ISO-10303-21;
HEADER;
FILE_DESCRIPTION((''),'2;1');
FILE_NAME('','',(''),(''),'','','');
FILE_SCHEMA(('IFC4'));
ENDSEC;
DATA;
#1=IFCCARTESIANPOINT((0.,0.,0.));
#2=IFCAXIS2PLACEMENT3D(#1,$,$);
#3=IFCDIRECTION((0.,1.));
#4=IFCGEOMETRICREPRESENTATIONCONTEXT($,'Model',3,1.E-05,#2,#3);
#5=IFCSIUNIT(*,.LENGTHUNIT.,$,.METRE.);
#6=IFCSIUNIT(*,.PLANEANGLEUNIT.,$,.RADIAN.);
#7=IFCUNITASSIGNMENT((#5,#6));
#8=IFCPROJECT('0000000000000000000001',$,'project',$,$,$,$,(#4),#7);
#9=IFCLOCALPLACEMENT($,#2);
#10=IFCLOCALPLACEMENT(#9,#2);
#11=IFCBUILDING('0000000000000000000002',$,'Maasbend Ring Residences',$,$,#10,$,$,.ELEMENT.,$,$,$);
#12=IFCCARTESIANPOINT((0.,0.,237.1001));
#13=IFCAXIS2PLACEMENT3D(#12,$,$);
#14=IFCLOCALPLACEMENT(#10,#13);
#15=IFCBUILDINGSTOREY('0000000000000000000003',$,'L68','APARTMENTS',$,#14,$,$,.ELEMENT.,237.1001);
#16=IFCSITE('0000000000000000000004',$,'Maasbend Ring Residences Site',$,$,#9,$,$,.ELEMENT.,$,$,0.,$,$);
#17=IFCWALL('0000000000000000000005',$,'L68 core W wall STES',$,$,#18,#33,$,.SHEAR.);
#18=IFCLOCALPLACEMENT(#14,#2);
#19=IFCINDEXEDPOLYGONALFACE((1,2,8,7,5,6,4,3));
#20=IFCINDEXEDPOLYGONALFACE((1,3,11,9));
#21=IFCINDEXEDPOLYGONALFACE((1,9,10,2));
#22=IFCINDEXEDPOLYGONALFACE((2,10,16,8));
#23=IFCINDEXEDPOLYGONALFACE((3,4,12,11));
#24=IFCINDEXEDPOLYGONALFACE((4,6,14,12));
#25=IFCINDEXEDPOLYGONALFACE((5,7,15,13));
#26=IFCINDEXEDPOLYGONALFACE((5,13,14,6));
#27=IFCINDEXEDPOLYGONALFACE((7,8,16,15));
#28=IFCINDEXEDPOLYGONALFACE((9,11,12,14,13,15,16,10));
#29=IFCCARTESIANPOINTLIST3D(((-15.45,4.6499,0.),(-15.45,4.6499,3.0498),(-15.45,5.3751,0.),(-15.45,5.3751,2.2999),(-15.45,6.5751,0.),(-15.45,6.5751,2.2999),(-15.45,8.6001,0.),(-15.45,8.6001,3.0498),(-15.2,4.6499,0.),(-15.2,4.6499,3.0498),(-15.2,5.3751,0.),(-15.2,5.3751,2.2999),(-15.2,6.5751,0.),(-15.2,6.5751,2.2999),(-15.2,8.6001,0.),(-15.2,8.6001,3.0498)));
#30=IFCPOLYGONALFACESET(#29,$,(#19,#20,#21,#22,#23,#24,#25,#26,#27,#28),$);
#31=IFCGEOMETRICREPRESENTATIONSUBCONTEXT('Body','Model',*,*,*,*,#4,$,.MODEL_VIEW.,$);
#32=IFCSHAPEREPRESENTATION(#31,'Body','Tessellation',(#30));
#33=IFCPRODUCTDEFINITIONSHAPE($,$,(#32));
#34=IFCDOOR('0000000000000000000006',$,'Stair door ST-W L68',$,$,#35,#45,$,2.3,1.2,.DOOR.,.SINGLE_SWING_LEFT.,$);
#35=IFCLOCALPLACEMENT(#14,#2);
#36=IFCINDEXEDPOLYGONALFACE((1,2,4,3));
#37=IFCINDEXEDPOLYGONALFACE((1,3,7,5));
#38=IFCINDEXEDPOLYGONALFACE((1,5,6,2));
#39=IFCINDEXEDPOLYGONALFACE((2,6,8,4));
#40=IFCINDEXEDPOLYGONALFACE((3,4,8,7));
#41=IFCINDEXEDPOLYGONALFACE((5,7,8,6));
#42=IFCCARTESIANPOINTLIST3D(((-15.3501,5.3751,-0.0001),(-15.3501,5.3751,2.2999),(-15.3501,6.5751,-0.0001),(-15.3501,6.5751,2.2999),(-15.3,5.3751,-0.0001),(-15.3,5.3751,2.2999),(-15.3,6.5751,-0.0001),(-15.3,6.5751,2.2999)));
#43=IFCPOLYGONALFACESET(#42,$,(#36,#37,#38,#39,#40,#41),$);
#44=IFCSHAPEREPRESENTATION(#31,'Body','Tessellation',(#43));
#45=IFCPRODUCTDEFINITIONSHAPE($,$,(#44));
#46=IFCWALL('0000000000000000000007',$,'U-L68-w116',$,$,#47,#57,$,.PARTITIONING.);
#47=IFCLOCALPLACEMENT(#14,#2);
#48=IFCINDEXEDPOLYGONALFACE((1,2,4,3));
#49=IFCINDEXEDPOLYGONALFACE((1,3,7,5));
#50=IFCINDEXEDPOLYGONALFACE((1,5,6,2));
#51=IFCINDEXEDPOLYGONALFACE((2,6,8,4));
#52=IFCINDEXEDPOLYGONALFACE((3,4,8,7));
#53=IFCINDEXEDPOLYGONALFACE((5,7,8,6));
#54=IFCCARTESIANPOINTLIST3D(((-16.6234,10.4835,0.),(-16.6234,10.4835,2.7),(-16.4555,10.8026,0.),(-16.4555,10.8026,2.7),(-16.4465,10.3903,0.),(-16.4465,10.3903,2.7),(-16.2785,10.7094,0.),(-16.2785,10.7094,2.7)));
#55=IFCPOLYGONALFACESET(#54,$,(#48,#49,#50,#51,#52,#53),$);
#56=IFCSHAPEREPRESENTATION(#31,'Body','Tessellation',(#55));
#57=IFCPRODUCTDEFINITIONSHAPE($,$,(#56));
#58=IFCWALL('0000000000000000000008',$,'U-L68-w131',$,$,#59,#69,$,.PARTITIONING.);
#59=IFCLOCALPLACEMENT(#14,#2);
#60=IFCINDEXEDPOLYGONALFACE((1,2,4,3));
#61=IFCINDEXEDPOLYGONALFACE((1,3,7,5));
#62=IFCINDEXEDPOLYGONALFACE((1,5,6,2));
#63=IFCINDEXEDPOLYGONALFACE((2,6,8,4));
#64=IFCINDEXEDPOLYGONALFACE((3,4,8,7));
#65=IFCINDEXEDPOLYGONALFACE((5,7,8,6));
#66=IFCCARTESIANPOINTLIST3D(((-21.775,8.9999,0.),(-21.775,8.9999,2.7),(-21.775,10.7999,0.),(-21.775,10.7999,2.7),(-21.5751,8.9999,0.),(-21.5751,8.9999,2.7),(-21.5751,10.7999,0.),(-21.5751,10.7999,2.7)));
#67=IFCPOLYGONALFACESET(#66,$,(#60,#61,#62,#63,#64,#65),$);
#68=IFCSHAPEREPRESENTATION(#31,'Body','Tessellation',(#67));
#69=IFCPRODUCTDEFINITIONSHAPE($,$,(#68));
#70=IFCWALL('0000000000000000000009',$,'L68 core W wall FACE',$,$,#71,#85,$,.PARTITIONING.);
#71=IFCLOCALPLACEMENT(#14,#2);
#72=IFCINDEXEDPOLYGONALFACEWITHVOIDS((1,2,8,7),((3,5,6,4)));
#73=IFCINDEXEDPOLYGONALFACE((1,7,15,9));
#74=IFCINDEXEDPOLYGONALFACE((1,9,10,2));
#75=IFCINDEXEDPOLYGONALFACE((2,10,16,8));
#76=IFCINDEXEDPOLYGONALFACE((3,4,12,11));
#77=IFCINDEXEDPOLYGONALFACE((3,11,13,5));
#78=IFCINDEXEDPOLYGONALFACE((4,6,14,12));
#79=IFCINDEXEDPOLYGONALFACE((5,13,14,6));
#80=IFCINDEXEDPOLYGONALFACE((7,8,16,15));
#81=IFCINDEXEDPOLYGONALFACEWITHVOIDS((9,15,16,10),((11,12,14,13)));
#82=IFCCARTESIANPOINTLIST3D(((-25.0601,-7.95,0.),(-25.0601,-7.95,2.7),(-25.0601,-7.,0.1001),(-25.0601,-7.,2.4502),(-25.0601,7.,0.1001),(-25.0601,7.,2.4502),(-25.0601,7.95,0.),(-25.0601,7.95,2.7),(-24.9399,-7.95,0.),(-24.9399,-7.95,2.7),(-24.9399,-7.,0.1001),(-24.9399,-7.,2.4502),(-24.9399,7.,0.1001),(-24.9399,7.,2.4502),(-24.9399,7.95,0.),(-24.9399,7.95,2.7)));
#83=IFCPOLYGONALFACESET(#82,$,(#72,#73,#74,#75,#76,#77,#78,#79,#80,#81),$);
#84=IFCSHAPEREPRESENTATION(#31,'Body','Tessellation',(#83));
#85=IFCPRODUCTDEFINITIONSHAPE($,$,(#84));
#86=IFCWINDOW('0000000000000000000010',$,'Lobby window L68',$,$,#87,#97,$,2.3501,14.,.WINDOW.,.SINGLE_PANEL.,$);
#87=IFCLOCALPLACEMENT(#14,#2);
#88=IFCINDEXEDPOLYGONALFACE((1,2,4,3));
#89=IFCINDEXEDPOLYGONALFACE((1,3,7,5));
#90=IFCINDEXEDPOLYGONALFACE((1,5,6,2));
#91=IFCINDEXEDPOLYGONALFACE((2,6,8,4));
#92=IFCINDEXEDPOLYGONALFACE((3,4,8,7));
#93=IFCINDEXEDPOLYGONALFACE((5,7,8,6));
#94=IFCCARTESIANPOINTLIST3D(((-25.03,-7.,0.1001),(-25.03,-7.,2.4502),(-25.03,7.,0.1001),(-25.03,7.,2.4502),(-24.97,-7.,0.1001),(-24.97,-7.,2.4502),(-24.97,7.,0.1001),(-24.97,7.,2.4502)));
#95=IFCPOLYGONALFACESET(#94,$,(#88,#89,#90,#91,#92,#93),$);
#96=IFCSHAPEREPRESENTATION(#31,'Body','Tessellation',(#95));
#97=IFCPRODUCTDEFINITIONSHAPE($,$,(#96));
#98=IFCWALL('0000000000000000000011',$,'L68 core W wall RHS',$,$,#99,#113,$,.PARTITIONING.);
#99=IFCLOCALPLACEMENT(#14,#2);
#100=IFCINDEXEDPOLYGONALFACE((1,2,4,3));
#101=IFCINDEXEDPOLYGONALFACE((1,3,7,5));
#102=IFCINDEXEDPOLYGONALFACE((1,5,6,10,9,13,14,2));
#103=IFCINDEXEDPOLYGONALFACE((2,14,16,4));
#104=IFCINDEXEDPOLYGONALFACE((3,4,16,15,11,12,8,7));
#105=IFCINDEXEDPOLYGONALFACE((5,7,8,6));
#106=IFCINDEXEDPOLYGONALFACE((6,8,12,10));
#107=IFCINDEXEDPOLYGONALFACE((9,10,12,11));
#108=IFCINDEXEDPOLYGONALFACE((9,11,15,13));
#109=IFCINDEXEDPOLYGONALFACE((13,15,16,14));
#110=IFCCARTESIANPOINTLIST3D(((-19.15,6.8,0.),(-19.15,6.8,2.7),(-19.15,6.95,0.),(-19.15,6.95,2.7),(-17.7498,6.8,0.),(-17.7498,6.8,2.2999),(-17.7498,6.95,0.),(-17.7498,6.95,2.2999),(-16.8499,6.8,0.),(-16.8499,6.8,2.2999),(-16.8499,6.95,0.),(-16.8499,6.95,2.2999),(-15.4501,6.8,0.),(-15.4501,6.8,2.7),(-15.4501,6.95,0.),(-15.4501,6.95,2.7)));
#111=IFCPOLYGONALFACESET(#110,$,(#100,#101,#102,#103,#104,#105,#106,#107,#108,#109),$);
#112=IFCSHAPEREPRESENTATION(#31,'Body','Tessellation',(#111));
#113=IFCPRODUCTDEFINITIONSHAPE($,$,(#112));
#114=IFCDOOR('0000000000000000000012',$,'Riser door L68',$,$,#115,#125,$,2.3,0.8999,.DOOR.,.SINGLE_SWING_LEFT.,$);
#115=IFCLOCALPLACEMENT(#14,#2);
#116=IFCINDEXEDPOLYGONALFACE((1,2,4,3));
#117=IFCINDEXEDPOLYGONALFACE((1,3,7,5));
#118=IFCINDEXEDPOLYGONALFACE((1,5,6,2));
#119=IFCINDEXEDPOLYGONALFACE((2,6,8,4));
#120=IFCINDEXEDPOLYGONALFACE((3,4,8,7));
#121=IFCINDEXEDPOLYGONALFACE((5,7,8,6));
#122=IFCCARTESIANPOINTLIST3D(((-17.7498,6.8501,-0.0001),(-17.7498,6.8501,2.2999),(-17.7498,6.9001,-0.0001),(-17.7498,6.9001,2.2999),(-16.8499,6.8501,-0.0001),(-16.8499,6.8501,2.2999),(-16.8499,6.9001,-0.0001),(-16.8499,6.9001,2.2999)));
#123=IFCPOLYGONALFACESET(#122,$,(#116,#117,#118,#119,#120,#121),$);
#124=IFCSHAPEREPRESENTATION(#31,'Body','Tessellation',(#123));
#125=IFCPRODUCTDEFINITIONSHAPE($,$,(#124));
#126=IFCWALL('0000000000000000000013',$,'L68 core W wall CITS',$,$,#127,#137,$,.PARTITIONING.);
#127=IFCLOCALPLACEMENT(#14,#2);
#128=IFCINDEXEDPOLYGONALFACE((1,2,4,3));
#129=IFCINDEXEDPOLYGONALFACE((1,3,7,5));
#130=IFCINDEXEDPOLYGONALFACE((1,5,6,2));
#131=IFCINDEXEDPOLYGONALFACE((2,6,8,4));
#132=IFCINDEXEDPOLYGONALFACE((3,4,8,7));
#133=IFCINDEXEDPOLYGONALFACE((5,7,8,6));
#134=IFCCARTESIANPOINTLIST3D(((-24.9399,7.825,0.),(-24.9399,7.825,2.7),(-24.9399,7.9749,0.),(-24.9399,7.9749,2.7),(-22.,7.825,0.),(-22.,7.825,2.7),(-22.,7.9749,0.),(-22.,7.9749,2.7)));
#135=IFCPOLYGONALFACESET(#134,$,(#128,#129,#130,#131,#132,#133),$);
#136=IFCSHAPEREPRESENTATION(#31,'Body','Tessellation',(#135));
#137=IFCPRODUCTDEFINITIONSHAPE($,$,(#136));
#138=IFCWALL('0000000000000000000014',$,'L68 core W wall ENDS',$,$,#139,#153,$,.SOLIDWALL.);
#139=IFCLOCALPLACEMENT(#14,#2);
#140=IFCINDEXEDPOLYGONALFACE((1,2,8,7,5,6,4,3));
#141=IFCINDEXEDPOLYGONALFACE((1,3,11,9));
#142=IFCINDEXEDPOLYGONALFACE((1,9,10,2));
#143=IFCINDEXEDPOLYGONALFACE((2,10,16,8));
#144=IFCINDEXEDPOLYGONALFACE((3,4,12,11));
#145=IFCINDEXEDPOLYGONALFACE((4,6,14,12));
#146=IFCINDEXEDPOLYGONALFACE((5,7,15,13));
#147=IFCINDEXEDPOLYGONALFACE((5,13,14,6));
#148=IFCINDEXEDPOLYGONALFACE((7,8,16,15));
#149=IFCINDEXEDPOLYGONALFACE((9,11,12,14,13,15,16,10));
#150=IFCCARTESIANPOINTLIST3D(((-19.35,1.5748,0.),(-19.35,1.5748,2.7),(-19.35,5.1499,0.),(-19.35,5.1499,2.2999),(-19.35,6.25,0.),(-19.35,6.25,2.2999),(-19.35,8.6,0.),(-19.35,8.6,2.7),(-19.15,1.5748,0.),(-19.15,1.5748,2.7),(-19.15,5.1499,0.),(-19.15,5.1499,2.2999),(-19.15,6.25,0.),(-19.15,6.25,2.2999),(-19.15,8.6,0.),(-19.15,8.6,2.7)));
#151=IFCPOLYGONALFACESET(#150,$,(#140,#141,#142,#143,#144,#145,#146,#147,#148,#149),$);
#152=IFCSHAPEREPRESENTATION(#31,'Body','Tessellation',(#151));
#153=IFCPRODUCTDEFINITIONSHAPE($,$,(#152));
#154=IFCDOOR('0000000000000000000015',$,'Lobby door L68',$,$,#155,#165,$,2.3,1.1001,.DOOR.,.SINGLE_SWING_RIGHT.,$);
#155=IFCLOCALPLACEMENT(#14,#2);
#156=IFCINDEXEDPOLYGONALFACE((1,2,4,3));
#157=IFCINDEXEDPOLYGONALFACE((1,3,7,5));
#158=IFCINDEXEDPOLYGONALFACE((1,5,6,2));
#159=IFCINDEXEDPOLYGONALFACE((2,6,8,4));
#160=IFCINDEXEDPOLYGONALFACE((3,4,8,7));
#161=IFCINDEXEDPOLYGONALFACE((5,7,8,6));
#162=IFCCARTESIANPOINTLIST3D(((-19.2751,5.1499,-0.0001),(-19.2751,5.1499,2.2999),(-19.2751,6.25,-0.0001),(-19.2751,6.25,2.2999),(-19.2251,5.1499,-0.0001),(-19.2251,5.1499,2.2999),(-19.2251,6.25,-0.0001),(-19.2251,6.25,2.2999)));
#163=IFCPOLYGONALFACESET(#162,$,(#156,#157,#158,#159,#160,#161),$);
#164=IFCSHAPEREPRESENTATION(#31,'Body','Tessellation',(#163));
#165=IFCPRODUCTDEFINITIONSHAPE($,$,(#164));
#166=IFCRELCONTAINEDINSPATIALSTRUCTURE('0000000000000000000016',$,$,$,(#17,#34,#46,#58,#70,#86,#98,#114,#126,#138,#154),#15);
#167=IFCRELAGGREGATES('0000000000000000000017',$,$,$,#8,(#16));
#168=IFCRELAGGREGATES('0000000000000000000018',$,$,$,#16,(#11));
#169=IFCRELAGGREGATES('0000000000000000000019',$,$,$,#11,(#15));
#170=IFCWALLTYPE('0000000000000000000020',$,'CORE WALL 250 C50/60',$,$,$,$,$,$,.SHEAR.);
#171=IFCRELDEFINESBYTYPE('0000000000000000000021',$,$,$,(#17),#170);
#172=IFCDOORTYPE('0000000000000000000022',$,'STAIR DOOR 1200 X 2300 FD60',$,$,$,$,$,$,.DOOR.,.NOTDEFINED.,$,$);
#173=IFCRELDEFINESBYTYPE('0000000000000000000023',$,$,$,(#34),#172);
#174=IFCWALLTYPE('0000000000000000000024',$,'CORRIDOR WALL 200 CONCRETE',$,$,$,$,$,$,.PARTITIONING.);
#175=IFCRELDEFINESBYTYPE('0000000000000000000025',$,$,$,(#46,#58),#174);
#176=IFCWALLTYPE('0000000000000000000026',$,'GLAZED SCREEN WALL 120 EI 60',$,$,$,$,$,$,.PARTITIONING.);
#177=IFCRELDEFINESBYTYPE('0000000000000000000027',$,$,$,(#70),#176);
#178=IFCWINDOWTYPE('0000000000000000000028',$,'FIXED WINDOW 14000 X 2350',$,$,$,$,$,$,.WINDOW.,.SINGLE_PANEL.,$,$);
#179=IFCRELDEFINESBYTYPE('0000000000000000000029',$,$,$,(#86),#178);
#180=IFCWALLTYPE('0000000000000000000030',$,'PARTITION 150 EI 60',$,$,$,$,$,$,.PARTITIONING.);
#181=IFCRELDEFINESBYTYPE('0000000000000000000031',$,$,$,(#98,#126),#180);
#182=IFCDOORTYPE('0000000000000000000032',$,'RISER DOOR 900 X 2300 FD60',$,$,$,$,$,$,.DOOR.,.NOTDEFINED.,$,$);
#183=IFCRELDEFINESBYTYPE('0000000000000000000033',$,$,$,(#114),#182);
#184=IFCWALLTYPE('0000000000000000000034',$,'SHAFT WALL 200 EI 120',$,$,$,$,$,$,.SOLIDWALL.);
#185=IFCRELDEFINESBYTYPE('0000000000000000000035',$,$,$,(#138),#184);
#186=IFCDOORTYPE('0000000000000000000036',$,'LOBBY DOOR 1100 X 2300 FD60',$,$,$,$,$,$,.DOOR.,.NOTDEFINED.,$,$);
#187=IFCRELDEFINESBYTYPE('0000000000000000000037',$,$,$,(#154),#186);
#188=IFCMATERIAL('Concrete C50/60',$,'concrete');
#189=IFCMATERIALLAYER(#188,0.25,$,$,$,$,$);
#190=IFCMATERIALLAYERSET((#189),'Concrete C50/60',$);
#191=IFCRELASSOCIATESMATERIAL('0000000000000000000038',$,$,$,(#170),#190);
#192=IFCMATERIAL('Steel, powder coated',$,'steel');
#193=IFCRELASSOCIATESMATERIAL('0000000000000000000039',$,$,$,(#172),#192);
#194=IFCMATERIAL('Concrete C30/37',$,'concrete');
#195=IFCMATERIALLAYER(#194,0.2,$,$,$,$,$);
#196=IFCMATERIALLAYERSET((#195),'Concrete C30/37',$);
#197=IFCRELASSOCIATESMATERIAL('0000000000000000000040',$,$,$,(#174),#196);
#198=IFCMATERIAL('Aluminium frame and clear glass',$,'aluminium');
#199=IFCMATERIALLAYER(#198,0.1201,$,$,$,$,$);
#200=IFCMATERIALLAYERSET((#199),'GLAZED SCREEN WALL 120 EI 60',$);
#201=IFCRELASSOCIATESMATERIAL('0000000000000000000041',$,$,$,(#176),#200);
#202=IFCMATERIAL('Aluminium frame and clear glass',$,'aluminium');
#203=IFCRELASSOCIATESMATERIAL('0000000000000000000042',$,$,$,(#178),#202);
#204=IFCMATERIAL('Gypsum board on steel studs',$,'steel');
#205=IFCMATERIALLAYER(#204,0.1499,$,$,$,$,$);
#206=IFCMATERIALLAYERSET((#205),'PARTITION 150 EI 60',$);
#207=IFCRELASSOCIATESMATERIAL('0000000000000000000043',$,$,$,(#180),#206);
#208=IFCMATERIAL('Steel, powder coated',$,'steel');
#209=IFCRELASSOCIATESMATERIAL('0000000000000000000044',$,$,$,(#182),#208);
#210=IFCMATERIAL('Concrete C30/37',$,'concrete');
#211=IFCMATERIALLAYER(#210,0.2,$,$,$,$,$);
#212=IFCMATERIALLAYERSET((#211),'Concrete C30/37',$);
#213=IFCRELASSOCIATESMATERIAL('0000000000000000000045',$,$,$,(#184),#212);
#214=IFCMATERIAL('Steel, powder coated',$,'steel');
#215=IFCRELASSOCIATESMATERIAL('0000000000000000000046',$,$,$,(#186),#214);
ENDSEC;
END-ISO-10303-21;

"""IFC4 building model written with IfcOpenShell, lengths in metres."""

from ifc_helpers import new_model, si_unit, direction, frame, frame_2d, origin, place, context, subcontext, project, spatial, rectangle, extrude, material, layer, layer_set, type_object, element, fill, save


model = new_model("IFC4")

# Units and contexts
model_context = context("Model", 3, precision=1e-05, world=origin(), true_north=direction((0.0, 1.0)))
body_context = subcontext(model_context, "Body", "Model", "MODEL_VIEW")
ifc_project = project(units=[si_unit("LENGTHUNIT", "METRE"), si_unit("PLANEANGLEUNIT", "RADIAN")], contexts=[model_context])

# Site, building, storey
site_placement = place(None, origin())
site = spatial("IfcSite", under=ifc_project, at=site_placement, Name="Maasbend Ring Residences Site", CompositionType="ELEMENT", RefElevation=0.0)
building_placement = place(site_placement, origin())
building = spatial("IfcBuilding", under=site, at=building_placement, Name="Maasbend Ring Residences", CompositionType="ELEMENT")
storey_placement = place(building_placement, frame((0.0, 0.0, 237.1001)))
storey = spatial("IfcBuildingStorey", under=building, at=storey_placement, Name="L68", Description="APARTMENTS", CompositionType="ELEMENT", Elevation=237.1001)

# Wall, opening, door
ifc_material_1 = material(Name="Concrete C50/60", Category="concrete")
ifc_layer_1 = layer(ifc_material_1, 0.25)
ifc_layer_set_1 = layer_set([ifc_layer_1], Name="Concrete C50/60")
wall_type_1 = type_object("IfcWallType", Name="CORE WALL 250 C50/60", PredefinedType="SHEAR", material=ifc_layer_set_1)
wall_1_placement = place(storey_placement, frame((-15.325, 8.6001, 0.0), z_axis=(0.0, 0.0, 1.0), x_axis=(0.0, -1.0, 0.0)))
wall_1 = element("IfcWall", 1, at=wall_1_placement, inside=storey, type_object=wall_type_1, Name="L68 core W wall STES", PredefinedType="SHEAR", context=body_context, shape_type="SweptSolid", body=[
    extrude(rectangle(XDim=3.9502, YDim=0.25, at=frame_2d((1.9751, 0.0))), origin(), (0.0, 0.0, 1.0), 3.0498),
])
opening_1_placement = place(wall_1_placement, frame((2.0249, 0.0, 0.0)))
opening_1 = element("IfcOpeningElement", 2, at=opening_1_placement, cuts=wall_1, PredefinedType="OPENING", context=body_context, shape_type="SweptSolid", body=[
    extrude(rectangle(XDim=1.2, YDim=2.3, at=frame_2d((0.6001, 1.1499))), frame((0.0, 0.135, 0.0), z_axis=(0.0, -1.0, 0.0), x_axis=(1.0, 0.0, 0.0)), (0.0, 0.0, 1.0), 0.27),
])
ifc_material_2 = material(Name="Steel, powder coated", Category="steel")
door_type_1 = type_object("IfcDoorType", Name="STAIR DOOR 1200 X 2300 FD60", OperationType="NOTDEFINED", PredefinedType="DOOR", material=ifc_material_2)
door_1_placement = place(opening_1_placement, origin())
door_1 = element("IfcDoor", 3, at=door_1_placement, inside=storey, type_object=door_type_1, Name="Stair door ST-W L68", OperationType="SINGLE_SWING_LEFT", OverallHeight=2.3, OverallWidth=1.2, PredefinedType="DOOR", context=body_context, shape_type="SweptSolid", body=[
    extrude(rectangle(XDim=1.2, YDim=2.3, at=frame_2d((0.6001, 1.1499))), frame((0.0, 0.0249, 0.0), z_axis=(0.0, -1.0, 0.0), x_axis=(1.0, 0.0, 0.0)), (0.0, 0.0, 1.0), 0.05),
])
fill(opening_1, door_1)

# Walls
ifc_material_3 = material(Name="Concrete C30/37", Category="concrete")
ifc_layer_2 = layer(ifc_material_3, 0.2)
ifc_layer_set_2 = layer_set([ifc_layer_2], Name="Concrete C30/37")
wall_type_2 = type_object("IfcWallType", Name="CORRIDOR WALL 200 CONCRETE", PredefinedType="PARTITIONING", material=ifc_layer_set_2)
wall_2_placement = place(storey_placement, frame((-16.5349, 10.437, 0.0), z_axis=(0.0, 0.0, 1.0), x_axis=(0.465802, 0.884889, 0.0)))
element("IfcWall", 4, at=wall_2_placement, inside=storey, type_object=wall_type_2, Name="U-L68-w116", PredefinedType="PARTITIONING", context=body_context, shape_type="SweptSolid", body=[
    extrude(rectangle(XDim=0.3606, YDim=0.2, at=frame_2d((0.1802, 0.0))), origin(), (0.0, 0.0, 1.0), 2.7),
])
wall_3_placement = place(storey_placement, frame((-21.675, 9.0, 0.0), z_axis=(0.0, 0.0, 1.0), x_axis=(0.0, 1.0, 0.0)))
element("IfcWall", 5, at=wall_3_placement, inside=storey, type_object=wall_type_2, Name="U-L68-w131", PredefinedType="PARTITIONING", context=body_context, shape_type="SweptSolid", body=[
    extrude(rectangle(XDim=1.8, YDim=0.2, at=frame_2d((0.8999, 0.0))), origin(), (0.0, 0.0, 1.0), 2.7),
])

# Wall, opening, window
ifc_material_4 = material(Name="Aluminium frame and clear glass", Category="aluminium")
ifc_layer_3 = layer(ifc_material_4, 0.1201)
ifc_layer_set_3 = layer_set([ifc_layer_3], Name="GLAZED SCREEN WALL 120 EI 60")
wall_type_3 = type_object("IfcWallType", Name="GLAZED SCREEN WALL 120 EI 60", PredefinedType="PARTITIONING", material=ifc_layer_set_3)
wall_4_placement = place(storey_placement, frame((-25.0, 7.95, 0.0), z_axis=(0.0, 0.0, 1.0), x_axis=(0.0, -1.0, 0.0)))
wall_4 = element("IfcWall", 6, at=wall_4_placement, inside=storey, type_object=wall_type_3, Name="L68 core W wall FACE", PredefinedType="PARTITIONING", context=body_context, shape_type="SweptSolid", body=[
    extrude(rectangle(XDim=15.8999, YDim=0.1201, at=frame_2d((7.95, 0.0))), origin(), (0.0, 0.0, 1.0), 2.7),
])
opening_2_placement = place(wall_4_placement, frame((0.95, 0.0, 0.1001)))
opening_2 = element("IfcOpeningElement", 7, at=opening_2_placement, cuts=wall_4, PredefinedType="OPENING", context=body_context, shape_type="SweptSolid", body=[
    extrude(rectangle(XDim=14.0, YDim=2.3501, at=frame_2d((7.0, 1.175))), frame((0.0, 0.0701, 0.0), z_axis=(0.0, -1.0, 0.0), x_axis=(1.0, 0.0, 0.0)), (0.0, 0.0, 1.0), 0.1401),
])
ifc_material_5 = material(Name="Aluminium frame and clear glass", Category="aluminium")
window_type = type_object("IfcWindowType", Name="FIXED WINDOW 14000 X 2350", PartitioningType="SINGLE_PANEL", PredefinedType="WINDOW", material=ifc_material_5)
window_placement = place(opening_2_placement, origin())
window = element("IfcWindow", 8, at=window_placement, inside=storey, type_object=window_type, Name="Lobby window L68", OverallHeight=2.3501, OverallWidth=14.0, PartitioningType="SINGLE_PANEL", PredefinedType="WINDOW", context=body_context, shape_type="SweptSolid", body=[
    extrude(rectangle(XDim=14.0, YDim=2.3501, at=frame_2d((7.0, 1.175))), frame((0.0, 0.03, 0.0), z_axis=(0.0, -1.0, 0.0), x_axis=(1.0, 0.0, 0.0)), (0.0, 0.0, 1.0), 0.0601),
])
fill(opening_2, window)

# Wall, opening, door
ifc_material_6 = material(Name="Gypsum board on steel studs", Category="steel")
ifc_layer_4 = layer(ifc_material_6, 0.1499)
ifc_layer_set_4 = layer_set([ifc_layer_4], Name="PARTITION 150 EI 60")
wall_type_4 = type_object("IfcWallType", Name="PARTITION 150 EI 60", PredefinedType="PARTITIONING", material=ifc_layer_set_4)
wall_5_placement = place(storey_placement, frame((-15.45, 6.875, 0.0), z_axis=(0.0, 0.0, 1.0), x_axis=(-1.0, 0.0, 0.0)))
wall_5 = element("IfcWall", 9, at=wall_5_placement, inside=storey, type_object=wall_type_4, Name="L68 core W wall RHS", PredefinedType="PARTITIONING", context=body_context, shape_type="SweptSolid", body=[
    extrude(rectangle(XDim=3.7, YDim=0.1499, at=frame_2d((1.8501, 0.0))), origin(), (0.0, 0.0, 1.0), 2.7),
])
opening_3_placement = place(wall_5_placement, frame((1.3999, 0.0, 0.0)))
opening_3 = element("IfcOpeningElement", 10, at=opening_3_placement, cuts=wall_5, PredefinedType="OPENING", context=body_context, shape_type="SweptSolid", body=[
    extrude(rectangle(XDim=0.8999, YDim=2.3, at=frame_2d((0.45, 1.1499))), frame((0.0, 0.085, 0.0), z_axis=(0.0, -1.0, 0.0), x_axis=(1.0, 0.0, 0.0)), (0.0, 0.0, 1.0), 0.1699),
])
ifc_material_7 = material(Name="Steel, powder coated", Category="steel")
door_type_2 = type_object("IfcDoorType", Name="RISER DOOR 900 X 2300 FD60", OperationType="NOTDEFINED", PredefinedType="DOOR", material=ifc_material_7)
door_2_placement = place(opening_3_placement, origin())
door_2 = element("IfcDoor", 11, at=door_2_placement, inside=storey, type_object=door_type_2, Name="Riser door L68", OperationType="SINGLE_SWING_LEFT", OverallHeight=2.3, OverallWidth=0.8999, PredefinedType="DOOR", context=body_context, shape_type="SweptSolid", body=[
    extrude(rectangle(XDim=0.8999, YDim=2.3, at=frame_2d((0.45, 1.1499))), frame((0.0, 0.0249, 0.0), z_axis=(0.0, -1.0, 0.0), x_axis=(1.0, 0.0, 0.0)), (0.0, 0.0, 1.0), 0.05),
])
fill(opening_3, door_2)

# Wall
wall_6_placement = place(storey_placement, frame((-22.0, 7.8999, 0.0), z_axis=(0.0, 0.0, 1.0), x_axis=(-1.0, 0.0, 0.0)))
element("IfcWall", 12, at=wall_6_placement, inside=storey, type_object=wall_type_4, Name="L68 core W wall CITS", PredefinedType="PARTITIONING", context=body_context, shape_type="SweptSolid", body=[
    extrude(rectangle(XDim=2.9399, YDim=0.1499, at=frame_2d((1.47, 0.0))), origin(), (0.0, 0.0, 1.0), 2.7),
])

# Wall, opening, door
ifc_material_8 = material(Name="Concrete C30/37", Category="concrete")
ifc_layer_5 = layer(ifc_material_8, 0.2)
ifc_layer_set_5 = layer_set([ifc_layer_5], Name="Concrete C30/37")
wall_type_5 = type_object("IfcWallType", Name="SHAFT WALL 200 EI 120", PredefinedType="SOLIDWALL", material=ifc_layer_set_5)
wall_7_placement = place(storey_placement, frame((-19.25, 8.6001, 0.0), z_axis=(0.0, 0.0, 1.0), x_axis=(0.0, -1.0, 0.0)))
wall_7 = element("IfcWall", 13, at=wall_7_placement, inside=storey, type_object=wall_type_5, Name="L68 core W wall ENDS", PredefinedType="SOLIDWALL", context=body_context, shape_type="SweptSolid", body=[
    extrude(rectangle(XDim=7.0251, YDim=0.2, at=frame_2d((3.5127, 0.0))), origin(), (0.0, 0.0, 1.0), 2.7),
])
opening_4_placement = place(wall_7_placement, frame((2.3501, 0.0, 0.0)))
opening_4 = element("IfcOpeningElement", 14, at=opening_4_placement, cuts=wall_7, PredefinedType="OPENING", context=body_context, shape_type="SweptSolid", body=[
    extrude(rectangle(XDim=1.1001, YDim=2.3, at=frame_2d((0.55, 1.1499))), frame((0.0, 0.1099, 0.0), z_axis=(0.0, -1.0, 0.0), x_axis=(1.0, 0.0, 0.0)), (0.0, 0.0, 1.0), 0.22),
])
ifc_material_9 = material(Name="Steel, powder coated", Category="steel")
door_type_3 = type_object("IfcDoorType", Name="LOBBY DOOR 1100 X 2300 FD60", OperationType="NOTDEFINED", PredefinedType="DOOR", material=ifc_material_9)
door_3_placement = place(opening_4_placement, origin())
door_3 = element("IfcDoor", 15, at=door_3_placement, inside=storey, type_object=door_type_3, Name="Lobby door L68", OperationType="SINGLE_SWING_RIGHT", OverallHeight=2.3, OverallWidth=1.1001, PredefinedType="DOOR", context=body_context, shape_type="SweptSolid", body=[
    extrude(rectangle(XDim=1.1001, YDim=2.3, at=frame_2d((0.55, 1.1499))), frame((0.0, 0.0249, 0.0), z_axis=(0.0, -1.0, 0.0), x_axis=(1.0, 0.0, 0.0)), (0.0, 0.0, 1.0), 0.05),
])
fill(opening_4, door_3)

save(model, "model.ifc")
